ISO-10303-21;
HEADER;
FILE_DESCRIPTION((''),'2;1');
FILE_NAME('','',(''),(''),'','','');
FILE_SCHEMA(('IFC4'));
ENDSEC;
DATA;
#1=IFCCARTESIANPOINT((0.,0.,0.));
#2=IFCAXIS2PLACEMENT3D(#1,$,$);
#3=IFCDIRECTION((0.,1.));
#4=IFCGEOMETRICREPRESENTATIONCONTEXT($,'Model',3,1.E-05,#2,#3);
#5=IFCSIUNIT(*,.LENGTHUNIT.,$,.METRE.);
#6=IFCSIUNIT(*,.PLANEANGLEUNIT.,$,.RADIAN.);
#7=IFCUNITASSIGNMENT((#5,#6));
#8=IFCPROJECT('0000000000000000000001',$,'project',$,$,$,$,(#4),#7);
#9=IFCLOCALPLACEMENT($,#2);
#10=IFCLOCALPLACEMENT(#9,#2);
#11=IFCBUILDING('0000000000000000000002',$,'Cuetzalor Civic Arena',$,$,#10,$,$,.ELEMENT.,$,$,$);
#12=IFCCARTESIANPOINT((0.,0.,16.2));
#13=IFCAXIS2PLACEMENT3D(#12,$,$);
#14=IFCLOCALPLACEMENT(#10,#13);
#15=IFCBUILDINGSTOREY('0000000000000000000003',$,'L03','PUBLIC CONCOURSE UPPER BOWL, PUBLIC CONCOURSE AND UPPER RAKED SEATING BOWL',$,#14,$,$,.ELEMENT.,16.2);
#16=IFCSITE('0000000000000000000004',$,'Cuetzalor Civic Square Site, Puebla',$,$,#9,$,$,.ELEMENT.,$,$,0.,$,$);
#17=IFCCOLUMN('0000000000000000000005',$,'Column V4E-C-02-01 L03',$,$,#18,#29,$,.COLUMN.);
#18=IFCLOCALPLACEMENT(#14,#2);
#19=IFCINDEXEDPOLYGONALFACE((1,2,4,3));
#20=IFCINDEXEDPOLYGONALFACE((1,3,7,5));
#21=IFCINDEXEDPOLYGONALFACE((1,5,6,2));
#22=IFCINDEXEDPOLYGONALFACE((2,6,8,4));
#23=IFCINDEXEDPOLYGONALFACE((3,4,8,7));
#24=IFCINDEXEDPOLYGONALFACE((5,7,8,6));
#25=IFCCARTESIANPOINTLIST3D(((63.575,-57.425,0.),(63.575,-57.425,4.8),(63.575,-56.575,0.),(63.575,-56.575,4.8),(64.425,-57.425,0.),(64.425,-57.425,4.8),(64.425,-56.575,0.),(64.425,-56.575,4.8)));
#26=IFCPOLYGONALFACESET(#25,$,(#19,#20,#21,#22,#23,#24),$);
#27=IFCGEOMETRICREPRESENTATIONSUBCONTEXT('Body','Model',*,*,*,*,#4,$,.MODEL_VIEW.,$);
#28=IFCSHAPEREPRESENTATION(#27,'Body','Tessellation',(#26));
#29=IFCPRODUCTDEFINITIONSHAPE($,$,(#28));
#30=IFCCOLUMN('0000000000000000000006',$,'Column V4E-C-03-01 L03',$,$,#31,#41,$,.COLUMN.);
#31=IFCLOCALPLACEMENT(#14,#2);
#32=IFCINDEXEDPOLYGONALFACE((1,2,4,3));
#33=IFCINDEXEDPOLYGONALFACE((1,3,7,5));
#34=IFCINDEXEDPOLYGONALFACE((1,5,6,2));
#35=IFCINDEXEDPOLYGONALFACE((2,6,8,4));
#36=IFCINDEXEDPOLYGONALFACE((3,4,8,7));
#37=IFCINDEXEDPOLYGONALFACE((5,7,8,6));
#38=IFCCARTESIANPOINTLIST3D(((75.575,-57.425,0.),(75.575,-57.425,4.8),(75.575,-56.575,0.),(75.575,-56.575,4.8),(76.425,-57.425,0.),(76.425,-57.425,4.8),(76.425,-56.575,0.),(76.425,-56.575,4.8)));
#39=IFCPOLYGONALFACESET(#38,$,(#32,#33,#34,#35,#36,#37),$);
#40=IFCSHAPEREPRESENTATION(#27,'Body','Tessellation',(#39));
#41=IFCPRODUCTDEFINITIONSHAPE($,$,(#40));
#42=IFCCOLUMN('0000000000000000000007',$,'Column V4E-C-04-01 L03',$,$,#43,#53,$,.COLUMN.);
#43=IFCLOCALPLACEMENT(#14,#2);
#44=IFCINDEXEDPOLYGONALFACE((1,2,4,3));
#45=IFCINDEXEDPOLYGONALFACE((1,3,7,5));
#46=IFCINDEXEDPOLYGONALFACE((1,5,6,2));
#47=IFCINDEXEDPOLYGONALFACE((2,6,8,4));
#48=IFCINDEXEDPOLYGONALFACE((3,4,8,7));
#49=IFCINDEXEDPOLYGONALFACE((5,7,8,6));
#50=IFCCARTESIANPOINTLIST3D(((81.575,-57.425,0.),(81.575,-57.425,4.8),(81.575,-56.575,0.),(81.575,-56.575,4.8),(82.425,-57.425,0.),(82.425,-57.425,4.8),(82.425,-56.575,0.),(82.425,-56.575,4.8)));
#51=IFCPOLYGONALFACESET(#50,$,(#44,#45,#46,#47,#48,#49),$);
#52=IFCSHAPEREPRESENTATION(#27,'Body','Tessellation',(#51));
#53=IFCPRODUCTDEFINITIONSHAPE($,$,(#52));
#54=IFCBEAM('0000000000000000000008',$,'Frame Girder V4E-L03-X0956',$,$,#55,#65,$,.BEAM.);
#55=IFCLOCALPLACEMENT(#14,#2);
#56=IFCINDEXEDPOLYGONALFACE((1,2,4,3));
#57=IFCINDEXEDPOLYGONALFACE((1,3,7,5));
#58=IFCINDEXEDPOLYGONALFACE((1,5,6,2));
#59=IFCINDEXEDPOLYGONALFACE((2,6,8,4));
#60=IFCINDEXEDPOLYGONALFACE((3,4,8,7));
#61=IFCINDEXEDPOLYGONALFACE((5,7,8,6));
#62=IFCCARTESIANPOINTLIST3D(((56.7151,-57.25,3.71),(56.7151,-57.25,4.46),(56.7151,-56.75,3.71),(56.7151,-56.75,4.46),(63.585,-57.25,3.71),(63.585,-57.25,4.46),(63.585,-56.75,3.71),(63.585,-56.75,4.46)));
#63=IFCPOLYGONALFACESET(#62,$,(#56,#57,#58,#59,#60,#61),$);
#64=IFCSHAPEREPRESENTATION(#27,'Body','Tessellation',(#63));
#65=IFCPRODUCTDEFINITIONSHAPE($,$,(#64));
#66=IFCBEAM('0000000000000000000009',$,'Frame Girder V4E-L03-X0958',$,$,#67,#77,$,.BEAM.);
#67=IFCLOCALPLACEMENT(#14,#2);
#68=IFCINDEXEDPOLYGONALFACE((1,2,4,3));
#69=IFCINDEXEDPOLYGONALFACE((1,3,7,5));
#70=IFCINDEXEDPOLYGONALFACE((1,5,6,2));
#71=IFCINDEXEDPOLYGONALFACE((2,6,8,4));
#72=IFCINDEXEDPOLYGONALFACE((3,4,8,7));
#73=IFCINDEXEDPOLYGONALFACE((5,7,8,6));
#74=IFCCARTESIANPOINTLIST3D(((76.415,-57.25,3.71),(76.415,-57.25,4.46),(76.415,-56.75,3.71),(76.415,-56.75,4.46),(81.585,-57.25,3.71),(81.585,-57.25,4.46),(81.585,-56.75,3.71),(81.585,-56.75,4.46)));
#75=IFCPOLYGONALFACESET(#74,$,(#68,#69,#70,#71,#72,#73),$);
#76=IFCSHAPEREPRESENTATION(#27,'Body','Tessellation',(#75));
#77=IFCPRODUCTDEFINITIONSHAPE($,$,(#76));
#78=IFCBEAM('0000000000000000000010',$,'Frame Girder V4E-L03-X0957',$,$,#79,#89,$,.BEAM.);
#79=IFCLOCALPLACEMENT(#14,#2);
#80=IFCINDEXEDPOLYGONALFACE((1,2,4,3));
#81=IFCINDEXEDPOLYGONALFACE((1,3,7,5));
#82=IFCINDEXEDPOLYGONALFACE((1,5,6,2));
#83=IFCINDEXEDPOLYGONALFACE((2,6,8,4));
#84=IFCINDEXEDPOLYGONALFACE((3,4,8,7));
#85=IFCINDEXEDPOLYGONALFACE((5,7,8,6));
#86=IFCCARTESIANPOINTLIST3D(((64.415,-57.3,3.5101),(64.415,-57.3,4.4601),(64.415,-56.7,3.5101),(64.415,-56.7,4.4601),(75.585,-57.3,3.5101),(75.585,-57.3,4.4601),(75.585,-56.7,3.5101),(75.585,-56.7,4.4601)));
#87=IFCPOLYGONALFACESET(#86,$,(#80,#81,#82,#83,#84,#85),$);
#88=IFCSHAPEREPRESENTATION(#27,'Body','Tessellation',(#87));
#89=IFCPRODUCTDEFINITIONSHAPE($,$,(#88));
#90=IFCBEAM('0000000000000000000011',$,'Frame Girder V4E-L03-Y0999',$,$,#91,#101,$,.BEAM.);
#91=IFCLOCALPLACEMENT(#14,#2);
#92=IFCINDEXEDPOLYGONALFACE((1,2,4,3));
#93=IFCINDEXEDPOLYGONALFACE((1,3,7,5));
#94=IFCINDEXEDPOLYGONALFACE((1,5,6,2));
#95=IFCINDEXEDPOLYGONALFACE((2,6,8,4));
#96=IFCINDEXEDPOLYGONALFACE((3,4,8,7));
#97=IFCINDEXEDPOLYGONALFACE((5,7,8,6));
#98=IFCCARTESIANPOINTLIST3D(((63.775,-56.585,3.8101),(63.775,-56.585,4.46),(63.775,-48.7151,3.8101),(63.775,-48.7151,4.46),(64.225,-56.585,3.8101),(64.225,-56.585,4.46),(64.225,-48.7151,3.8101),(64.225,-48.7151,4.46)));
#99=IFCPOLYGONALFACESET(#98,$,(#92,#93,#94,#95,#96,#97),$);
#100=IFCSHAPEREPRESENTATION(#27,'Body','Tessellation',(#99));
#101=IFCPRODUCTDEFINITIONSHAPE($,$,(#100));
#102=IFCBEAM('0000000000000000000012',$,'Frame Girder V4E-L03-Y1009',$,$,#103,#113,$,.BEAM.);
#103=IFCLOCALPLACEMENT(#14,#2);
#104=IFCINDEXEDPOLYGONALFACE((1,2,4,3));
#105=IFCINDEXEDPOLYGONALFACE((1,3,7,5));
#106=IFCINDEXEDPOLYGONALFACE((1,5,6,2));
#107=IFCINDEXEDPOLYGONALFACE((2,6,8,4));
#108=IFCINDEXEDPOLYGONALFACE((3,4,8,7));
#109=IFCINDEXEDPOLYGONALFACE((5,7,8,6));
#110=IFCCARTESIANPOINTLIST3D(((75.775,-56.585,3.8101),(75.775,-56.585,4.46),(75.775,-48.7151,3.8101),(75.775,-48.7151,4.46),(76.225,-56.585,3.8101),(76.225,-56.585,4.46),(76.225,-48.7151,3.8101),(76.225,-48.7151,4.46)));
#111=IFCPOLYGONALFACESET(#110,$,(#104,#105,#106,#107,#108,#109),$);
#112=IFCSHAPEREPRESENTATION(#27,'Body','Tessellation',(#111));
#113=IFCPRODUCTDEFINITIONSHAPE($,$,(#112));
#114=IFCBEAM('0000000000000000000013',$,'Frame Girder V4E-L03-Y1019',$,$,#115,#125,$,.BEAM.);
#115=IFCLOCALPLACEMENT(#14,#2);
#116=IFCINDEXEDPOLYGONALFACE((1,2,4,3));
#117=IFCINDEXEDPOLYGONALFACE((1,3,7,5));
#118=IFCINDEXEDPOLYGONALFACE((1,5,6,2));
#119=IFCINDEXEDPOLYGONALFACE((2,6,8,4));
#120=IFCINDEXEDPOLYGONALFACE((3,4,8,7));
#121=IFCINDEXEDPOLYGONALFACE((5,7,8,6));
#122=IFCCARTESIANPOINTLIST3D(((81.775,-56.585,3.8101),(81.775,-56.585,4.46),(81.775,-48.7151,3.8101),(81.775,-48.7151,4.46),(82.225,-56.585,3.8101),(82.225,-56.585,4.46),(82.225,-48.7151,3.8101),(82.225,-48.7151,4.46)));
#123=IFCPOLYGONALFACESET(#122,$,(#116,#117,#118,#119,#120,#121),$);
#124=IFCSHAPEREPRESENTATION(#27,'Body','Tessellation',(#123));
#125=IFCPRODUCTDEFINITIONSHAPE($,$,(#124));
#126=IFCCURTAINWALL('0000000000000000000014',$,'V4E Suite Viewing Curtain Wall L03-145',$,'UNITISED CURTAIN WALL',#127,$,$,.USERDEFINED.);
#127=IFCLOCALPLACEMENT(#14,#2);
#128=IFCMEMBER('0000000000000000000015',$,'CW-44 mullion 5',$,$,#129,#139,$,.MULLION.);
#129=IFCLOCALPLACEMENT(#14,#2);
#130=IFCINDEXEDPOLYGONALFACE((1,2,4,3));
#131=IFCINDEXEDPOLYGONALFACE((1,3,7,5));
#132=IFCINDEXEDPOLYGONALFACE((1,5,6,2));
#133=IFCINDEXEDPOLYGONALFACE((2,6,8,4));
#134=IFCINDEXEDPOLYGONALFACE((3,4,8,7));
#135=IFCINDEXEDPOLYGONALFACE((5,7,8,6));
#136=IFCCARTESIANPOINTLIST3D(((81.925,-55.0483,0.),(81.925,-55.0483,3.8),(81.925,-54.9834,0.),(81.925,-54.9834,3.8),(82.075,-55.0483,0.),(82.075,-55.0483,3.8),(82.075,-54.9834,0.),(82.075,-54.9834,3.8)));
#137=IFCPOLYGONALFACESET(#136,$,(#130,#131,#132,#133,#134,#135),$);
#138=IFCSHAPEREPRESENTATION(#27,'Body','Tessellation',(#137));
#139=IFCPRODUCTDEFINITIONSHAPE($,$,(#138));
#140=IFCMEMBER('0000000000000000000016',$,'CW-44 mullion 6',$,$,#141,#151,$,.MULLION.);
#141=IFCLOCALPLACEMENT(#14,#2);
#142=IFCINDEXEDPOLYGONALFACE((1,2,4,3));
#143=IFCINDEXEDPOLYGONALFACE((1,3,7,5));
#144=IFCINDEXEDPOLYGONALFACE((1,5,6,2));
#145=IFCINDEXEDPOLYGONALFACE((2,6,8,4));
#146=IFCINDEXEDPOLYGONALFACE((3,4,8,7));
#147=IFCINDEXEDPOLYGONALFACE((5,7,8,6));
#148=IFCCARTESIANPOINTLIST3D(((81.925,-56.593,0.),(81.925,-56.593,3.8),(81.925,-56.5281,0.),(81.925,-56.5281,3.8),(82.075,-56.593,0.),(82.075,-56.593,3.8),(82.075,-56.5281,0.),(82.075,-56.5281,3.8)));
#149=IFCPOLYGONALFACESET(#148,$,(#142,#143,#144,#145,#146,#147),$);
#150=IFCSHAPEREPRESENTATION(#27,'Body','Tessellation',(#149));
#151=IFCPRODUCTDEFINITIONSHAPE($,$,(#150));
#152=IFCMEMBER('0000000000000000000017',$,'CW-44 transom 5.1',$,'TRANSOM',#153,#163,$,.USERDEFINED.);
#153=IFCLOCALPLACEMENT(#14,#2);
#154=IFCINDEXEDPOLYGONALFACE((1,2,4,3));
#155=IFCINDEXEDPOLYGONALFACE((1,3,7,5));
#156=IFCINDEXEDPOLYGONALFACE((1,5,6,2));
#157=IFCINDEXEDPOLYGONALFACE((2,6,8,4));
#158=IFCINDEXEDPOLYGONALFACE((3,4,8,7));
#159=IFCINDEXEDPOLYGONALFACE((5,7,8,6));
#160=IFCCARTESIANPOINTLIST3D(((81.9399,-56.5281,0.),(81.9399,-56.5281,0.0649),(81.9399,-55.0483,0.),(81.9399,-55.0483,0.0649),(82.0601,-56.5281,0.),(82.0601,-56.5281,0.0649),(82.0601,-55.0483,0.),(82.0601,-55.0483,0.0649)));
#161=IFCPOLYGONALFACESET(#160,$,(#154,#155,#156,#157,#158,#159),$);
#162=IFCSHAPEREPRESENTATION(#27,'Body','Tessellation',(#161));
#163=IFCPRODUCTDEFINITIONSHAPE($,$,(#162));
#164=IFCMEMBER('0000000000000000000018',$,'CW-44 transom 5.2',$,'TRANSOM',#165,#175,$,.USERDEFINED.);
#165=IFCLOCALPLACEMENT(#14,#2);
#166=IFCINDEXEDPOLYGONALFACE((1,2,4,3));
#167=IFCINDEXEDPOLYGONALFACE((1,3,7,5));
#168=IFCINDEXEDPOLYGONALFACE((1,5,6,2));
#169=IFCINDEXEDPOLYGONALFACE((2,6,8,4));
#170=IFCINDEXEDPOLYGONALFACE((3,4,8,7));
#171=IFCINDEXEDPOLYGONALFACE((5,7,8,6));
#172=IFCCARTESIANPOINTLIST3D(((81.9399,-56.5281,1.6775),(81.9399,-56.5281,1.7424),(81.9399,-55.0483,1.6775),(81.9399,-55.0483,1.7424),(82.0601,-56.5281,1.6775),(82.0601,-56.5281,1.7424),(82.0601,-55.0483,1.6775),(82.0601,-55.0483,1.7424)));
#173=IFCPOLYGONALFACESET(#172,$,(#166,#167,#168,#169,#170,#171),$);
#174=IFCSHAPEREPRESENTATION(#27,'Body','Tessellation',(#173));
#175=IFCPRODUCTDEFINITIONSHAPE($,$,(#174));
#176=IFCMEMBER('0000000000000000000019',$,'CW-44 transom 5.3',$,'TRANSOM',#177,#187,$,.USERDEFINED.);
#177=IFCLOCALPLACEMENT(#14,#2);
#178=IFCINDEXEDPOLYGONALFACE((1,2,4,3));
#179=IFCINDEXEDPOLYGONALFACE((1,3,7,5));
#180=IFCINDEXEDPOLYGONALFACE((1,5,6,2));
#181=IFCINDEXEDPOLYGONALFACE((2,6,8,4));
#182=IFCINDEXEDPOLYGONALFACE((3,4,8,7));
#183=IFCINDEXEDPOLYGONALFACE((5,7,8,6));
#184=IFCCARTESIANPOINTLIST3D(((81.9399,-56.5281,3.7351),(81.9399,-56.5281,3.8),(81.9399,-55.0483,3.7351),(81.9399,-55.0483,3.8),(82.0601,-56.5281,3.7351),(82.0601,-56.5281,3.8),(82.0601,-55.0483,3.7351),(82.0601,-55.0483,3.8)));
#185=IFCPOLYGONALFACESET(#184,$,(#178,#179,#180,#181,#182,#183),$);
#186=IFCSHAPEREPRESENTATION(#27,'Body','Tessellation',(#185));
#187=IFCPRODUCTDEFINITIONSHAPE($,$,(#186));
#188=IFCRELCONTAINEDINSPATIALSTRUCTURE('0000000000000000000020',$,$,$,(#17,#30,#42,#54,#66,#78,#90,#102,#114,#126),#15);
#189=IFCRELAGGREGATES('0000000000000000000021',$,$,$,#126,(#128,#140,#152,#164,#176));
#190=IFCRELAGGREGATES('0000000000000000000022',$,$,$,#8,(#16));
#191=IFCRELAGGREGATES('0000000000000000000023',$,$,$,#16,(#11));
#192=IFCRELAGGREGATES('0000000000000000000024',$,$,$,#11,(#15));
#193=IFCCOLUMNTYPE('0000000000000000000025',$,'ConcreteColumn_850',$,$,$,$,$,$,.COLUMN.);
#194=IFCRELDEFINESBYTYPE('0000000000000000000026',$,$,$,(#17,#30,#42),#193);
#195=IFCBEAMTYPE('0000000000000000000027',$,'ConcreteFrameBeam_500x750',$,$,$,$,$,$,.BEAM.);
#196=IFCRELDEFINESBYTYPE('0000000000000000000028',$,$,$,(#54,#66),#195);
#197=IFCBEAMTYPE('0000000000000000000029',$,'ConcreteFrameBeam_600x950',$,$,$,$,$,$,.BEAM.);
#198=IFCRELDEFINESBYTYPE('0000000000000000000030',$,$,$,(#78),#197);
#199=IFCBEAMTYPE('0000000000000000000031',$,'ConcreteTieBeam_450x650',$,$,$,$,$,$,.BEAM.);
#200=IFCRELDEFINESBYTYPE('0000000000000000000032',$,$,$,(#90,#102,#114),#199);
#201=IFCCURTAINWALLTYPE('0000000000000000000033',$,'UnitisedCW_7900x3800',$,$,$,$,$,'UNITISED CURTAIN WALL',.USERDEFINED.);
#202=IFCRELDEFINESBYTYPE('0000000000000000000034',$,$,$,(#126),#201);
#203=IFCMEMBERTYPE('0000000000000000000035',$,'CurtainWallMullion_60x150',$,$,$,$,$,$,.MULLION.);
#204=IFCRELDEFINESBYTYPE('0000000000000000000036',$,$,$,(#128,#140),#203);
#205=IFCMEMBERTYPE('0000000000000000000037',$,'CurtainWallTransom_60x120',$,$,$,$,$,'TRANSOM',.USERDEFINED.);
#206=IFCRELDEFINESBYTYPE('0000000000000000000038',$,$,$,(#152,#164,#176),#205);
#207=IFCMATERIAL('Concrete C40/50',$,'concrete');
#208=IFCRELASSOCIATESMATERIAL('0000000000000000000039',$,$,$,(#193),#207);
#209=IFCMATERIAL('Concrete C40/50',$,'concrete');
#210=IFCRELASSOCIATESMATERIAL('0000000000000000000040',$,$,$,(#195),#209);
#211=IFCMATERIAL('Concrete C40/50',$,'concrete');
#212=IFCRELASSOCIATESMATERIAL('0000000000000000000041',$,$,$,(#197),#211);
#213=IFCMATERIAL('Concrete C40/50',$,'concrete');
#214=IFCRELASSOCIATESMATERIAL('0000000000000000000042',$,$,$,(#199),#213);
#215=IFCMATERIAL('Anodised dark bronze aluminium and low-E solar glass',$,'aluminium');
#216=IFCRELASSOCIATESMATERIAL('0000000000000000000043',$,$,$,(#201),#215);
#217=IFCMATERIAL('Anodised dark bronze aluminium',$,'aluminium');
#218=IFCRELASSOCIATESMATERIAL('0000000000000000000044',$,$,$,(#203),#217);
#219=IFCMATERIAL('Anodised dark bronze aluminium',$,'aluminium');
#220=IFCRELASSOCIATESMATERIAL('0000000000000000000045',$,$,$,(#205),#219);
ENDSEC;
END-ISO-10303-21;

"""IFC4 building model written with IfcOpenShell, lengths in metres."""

from ifc_helpers import new_model, si_unit, direction, frame, origin, origin_2d, place, context, subcontext, project, spatial, rectangle, extrude, material, material_profile, profile_set, type_object, element, aggregate, save


model = new_model("IFC4")

# Units and contexts
model_context = context("Model", 3, precision=1e-05, world=origin(), true_north=direction((0.0, 1.0)))
body_context = subcontext(model_context, "Body", "Model", "MODEL_VIEW")
ifc_project = project(units=[si_unit("LENGTHUNIT", "METRE"), si_unit("PLANEANGLEUNIT", "RADIAN")], contexts=[model_context])

# Site, building, storey
site_placement = place(None, origin())
site = spatial("IfcSite", under=ifc_project, at=site_placement, Name="Cuetzalor Civic Square Site, Puebla", CompositionType="ELEMENT", RefElevation=0.0)
building_placement = place(site_placement, origin())
building = spatial("IfcBuilding", under=site, at=building_placement, Name="Cuetzalor Civic Arena", CompositionType="ELEMENT")
storey_placement = place(building_placement, frame((0.0, 0.0, 16.2)))
storey = spatial("IfcBuildingStorey", under=building, at=storey_placement, Name="L03", Description="PUBLIC CONCOURSE UPPER BOWL, PUBLIC CONCOURSE AND UPPER RAKED SEATING BOWL", CompositionType="ELEMENT", Elevation=16.2)

# Columns
ifc_material_1 = material(Name="Concrete C40/50", Category="concrete")
ifc_material_profile_1 = material_profile(ifc_material_1, rectangle(XDim=0.8501, YDim=0.8501, at=origin_2d()), Name="RC 850x850")
ifc_profile_set_1 = profile_set([ifc_material_profile_1], Name="Concrete C40/50")
column_type = type_object("IfcColumnType", Name="ConcreteColumn_850", PredefinedType="COLUMN", material=ifc_profile_set_1)
for number, where, z_axis, x_axis, name in (
    (1, (64.0, -57.0, 0.0), (0.0, 0.0, 1.0), (1.0, 0.0, 0.0), "Column V4E-C-02-01 L03"),
    (2, (76.0, -57.0, 0.0), (0.0, 0.0, 1.0), (1.0, 0.0, 0.0), "Column V4E-C-03-01 L03"),
    (3, (82.0, -57.0, 0.0), (0.0, 0.0, 1.0), (1.0, 0.0, 0.0), "Column V4E-C-04-01 L03"),
):
    element("IfcColumn", number, at=place(storey_placement, frame(where, z_axis=z_axis, x_axis=x_axis)), inside=storey, type_object=column_type, Name=name, PredefinedType="COLUMN", context=body_context, shape_type="SweptSolid", body=[
        extrude(rectangle(XDim=0.8501, YDim=0.8501, at=origin_2d()), origin(), (0.0, 0.0, 1.0), 4.8),
    ])

# Beams
ifc_material_2 = material(Name="Concrete C40/50", Category="concrete")
ifc_material_profile_2 = material_profile(ifc_material_2, rectangle(XDim=0.5, YDim=0.75, at=origin_2d()), Name="RC 500x750")
ifc_profile_set_2 = profile_set([ifc_material_profile_2], Name="Concrete C40/50")
beam_type_1 = type_object("IfcBeamType", Name="ConcreteFrameBeam_500x750", PredefinedType="BEAM", material=ifc_profile_set_2)
beam_1_placement = place(storey_placement, frame((56.7151, -57.0, 4.085), z_axis=(1.0, 0.0, 0.0), x_axis=(0.0, 1.0, 0.0)))
element("IfcBeam", 4, at=beam_1_placement, inside=storey, type_object=beam_type_1, Name="Frame Girder V4E-L03-X0956", PredefinedType="BEAM", context=body_context, shape_type="SweptSolid", body=[
    extrude(rectangle(XDim=0.5, YDim=0.75, at=origin_2d()), origin(), (0.0, 0.0, 1.0), 6.8699),
])
beam_2_placement = place(storey_placement, frame((76.415, -57.0, 4.085), z_axis=(1.0, 0.0, 0.0), x_axis=(0.0, 1.0, 0.0)))
element("IfcBeam", 5, at=beam_2_placement, inside=storey, type_object=beam_type_1, Name="Frame Girder V4E-L03-X0958", PredefinedType="BEAM", context=body_context, shape_type="SweptSolid", body=[
    extrude(rectangle(XDim=0.5, YDim=0.75, at=origin_2d()), origin(), (0.0, 0.0, 1.0), 5.1699),
])
ifc_material_3 = material(Name="Concrete C40/50", Category="concrete")
ifc_material_profile_3 = material_profile(ifc_material_3, rectangle(XDim=0.6001, YDim=0.95, at=origin_2d()), Name="RC 600x950")
ifc_profile_set_3 = profile_set([ifc_material_profile_3], Name="Concrete C40/50")
beam_type_2 = type_object("IfcBeamType", Name="ConcreteFrameBeam_600x950", PredefinedType="BEAM", material=ifc_profile_set_3)
beam_3_placement = place(storey_placement, frame((64.415, -57.0, 3.9851), z_axis=(1.0, 0.0, 0.0), x_axis=(0.0, 1.0, 0.0)))
element("IfcBeam", 6, at=beam_3_placement, inside=storey, type_object=beam_type_2, Name="Frame Girder V4E-L03-X0957", PredefinedType="BEAM", context=body_context, shape_type="SweptSolid", body=[
    extrude(rectangle(XDim=0.6001, YDim=0.95, at=origin_2d()), origin(), (0.0, 0.0, 1.0), 11.1699),
])
ifc_material_4 = material(Name="Concrete C40/50", Category="concrete")
ifc_material_profile_4 = material_profile(ifc_material_4, rectangle(XDim=0.45, YDim=0.6499, at=origin_2d()), Name="RC 450x650")
ifc_profile_set_4 = profile_set([ifc_material_profile_4], Name="Concrete C40/50")
beam_type_3 = type_object("IfcBeamType", Name="ConcreteTieBeam_450x650", PredefinedType="BEAM", material=ifc_profile_set_4)
for number, where, z_axis, x_axis, name in (
    (7, (64.0, -56.585, 4.135), (0.0, 1.0, 0.0), (-1.0, 0.0, 0.0), "Frame Girder V4E-L03-Y0999"),
    (8, (76.0, -56.585, 4.135), (0.0, 1.0, 0.0), (-1.0, 0.0, 0.0), "Frame Girder V4E-L03-Y1009"),
    (9, (82.0, -56.585, 4.135), (0.0, 1.0, 0.0), (-1.0, 0.0, 0.0), "Frame Girder V4E-L03-Y1019"),
):
    element("IfcBeam", number, at=place(storey_placement, frame(where, z_axis=z_axis, x_axis=x_axis)), inside=storey, type_object=beam_type_3, Name=name, PredefinedType="BEAM", context=body_context, shape_type="SweptSolid", body=[
        extrude(rectangle(XDim=0.45, YDim=0.6499, at=origin_2d()), origin(), (0.0, 0.0, 1.0), 7.8699),
    ])

# Curtain wall, members
ifc_material_5 = material(Name="Anodised dark bronze aluminium and low-E solar glass", Category="aluminium")
curtain_wall_type = type_object("IfcCurtainWallType", Name="UnitisedCW_7900x3800", ElementType="UNITISED CURTAIN WALL", PredefinedType="USERDEFINED", material=ifc_material_5)
curtain_wall_placement = place(storey_placement, origin())
curtain_wall = element("IfcCurtainWall", 10, at=curtain_wall_placement, inside=storey, type_object=curtain_wall_type, Name="V4E Suite Viewing Curtain Wall L03-145", ObjectType="UNITISED CURTAIN WALL", PredefinedType="USERDEFINED")
ifc_material_6 = material(Name="Anodised dark bronze aluminium", Category="aluminium")
ifc_material_profile_5 = material_profile(ifc_material_6, rectangle(XDim=0.0649, YDim=0.1499, at=origin_2d()), Name="ALU MULLION 65x150")
ifc_profile_set_5 = profile_set([ifc_material_profile_5], Name="Anodised dark bronze aluminium")
member_type_1 = type_object("IfcMemberType", Name="CurtainWallMullion_60x150", PredefinedType="MULLION", material=ifc_profile_set_5)
member_1_placement = place(storey_placement, frame((82.0, -55.0159, 0.0), z_axis=(0.0, 0.0, 1.0), x_axis=(0.0, -1.0, 0.0)))
member_1 = element("IfcMember", 11, at=member_1_placement, type_object=member_type_1, Name="CW-44 mullion 5", PredefinedType="MULLION", context=body_context, shape_type="SweptSolid", body=[
    extrude(rectangle(XDim=0.0649, YDim=0.1499, at=origin_2d()), origin(), (0.0, 0.0, 1.0), 3.8),
])
member_2_placement = place(storey_placement, frame((82.0, -56.5605, 0.0), z_axis=(0.0, 0.0, 1.0), x_axis=(0.0, -1.0, 0.0)))
member_2 = element("IfcMember", 12, at=member_2_placement, type_object=member_type_1, Name="CW-44 mullion 6", PredefinedType="MULLION", context=body_context, shape_type="SweptSolid", body=[
    extrude(rectangle(XDim=0.0649, YDim=0.1499, at=origin_2d()), origin(), (0.0, 0.0, 1.0), 3.8),
])
ifc_material_7 = material(Name="Anodised dark bronze aluminium", Category="aluminium")
ifc_material_profile_6 = material_profile(ifc_material_7, rectangle(XDim=0.1201, YDim=0.0649, at=origin_2d()), Name="ALU TRANSOM 65x120")
ifc_profile_set_6 = profile_set([ifc_material_profile_6], Name="Anodised dark bronze aluminium")
member_type_2 = type_object("IfcMemberType", Name="CurtainWallTransom_60x120", ElementType="TRANSOM", PredefinedType="USERDEFINED", material=ifc_profile_set_6)
member_3_placement = place(storey_placement, frame((82.0, -55.0483, 0.0325), z_axis=(0.0, -1.0, 0.0), x_axis=(1.0, 0.0, 0.0)))
member_3 = element("IfcMember", 13, at=member_3_placement, type_object=member_type_2, Name="CW-44 transom 5.1", ObjectType="TRANSOM", PredefinedType="USERDEFINED", context=body_context, shape_type="SweptSolid", body=[
    extrude(rectangle(XDim=0.1201, YDim=0.0649, at=origin_2d()), origin(), (0.0, 0.0, 1.0), 1.4797),
])
member_4_placement = place(storey_placement, frame((82.0, -55.0483, 1.71), z_axis=(0.0, -1.0, 0.0), x_axis=(1.0, 0.0, 0.0)))
member_4 = element("IfcMember", 14, at=member_4_placement, type_object=member_type_2, Name="CW-44 transom 5.2", ObjectType="TRANSOM", PredefinedType="USERDEFINED", context=body_context, shape_type="SweptSolid", body=[
    extrude(rectangle(XDim=0.1201, YDim=0.0649, at=origin_2d()), origin(), (0.0, 0.0, 1.0), 1.4797),
])
member_5_placement = place(storey_placement, frame((82.0, -55.0483, 3.7676), z_axis=(0.0, -1.0, 0.0), x_axis=(1.0, 0.0, 0.0)))
member_5 = element("IfcMember", 15, at=member_5_placement, type_object=member_type_2, Name="CW-44 transom 5.3", ObjectType="TRANSOM", PredefinedType="USERDEFINED", context=body_context, shape_type="SweptSolid", body=[
    extrude(rectangle(XDim=0.1201, YDim=0.0649, at=origin_2d()), origin(), (0.0, 0.0, 1.0), 1.4797),
])

aggregate(curtain_wall, [member_1, member_2, member_3, member_4, member_5])

save(model, "model.ifc")
